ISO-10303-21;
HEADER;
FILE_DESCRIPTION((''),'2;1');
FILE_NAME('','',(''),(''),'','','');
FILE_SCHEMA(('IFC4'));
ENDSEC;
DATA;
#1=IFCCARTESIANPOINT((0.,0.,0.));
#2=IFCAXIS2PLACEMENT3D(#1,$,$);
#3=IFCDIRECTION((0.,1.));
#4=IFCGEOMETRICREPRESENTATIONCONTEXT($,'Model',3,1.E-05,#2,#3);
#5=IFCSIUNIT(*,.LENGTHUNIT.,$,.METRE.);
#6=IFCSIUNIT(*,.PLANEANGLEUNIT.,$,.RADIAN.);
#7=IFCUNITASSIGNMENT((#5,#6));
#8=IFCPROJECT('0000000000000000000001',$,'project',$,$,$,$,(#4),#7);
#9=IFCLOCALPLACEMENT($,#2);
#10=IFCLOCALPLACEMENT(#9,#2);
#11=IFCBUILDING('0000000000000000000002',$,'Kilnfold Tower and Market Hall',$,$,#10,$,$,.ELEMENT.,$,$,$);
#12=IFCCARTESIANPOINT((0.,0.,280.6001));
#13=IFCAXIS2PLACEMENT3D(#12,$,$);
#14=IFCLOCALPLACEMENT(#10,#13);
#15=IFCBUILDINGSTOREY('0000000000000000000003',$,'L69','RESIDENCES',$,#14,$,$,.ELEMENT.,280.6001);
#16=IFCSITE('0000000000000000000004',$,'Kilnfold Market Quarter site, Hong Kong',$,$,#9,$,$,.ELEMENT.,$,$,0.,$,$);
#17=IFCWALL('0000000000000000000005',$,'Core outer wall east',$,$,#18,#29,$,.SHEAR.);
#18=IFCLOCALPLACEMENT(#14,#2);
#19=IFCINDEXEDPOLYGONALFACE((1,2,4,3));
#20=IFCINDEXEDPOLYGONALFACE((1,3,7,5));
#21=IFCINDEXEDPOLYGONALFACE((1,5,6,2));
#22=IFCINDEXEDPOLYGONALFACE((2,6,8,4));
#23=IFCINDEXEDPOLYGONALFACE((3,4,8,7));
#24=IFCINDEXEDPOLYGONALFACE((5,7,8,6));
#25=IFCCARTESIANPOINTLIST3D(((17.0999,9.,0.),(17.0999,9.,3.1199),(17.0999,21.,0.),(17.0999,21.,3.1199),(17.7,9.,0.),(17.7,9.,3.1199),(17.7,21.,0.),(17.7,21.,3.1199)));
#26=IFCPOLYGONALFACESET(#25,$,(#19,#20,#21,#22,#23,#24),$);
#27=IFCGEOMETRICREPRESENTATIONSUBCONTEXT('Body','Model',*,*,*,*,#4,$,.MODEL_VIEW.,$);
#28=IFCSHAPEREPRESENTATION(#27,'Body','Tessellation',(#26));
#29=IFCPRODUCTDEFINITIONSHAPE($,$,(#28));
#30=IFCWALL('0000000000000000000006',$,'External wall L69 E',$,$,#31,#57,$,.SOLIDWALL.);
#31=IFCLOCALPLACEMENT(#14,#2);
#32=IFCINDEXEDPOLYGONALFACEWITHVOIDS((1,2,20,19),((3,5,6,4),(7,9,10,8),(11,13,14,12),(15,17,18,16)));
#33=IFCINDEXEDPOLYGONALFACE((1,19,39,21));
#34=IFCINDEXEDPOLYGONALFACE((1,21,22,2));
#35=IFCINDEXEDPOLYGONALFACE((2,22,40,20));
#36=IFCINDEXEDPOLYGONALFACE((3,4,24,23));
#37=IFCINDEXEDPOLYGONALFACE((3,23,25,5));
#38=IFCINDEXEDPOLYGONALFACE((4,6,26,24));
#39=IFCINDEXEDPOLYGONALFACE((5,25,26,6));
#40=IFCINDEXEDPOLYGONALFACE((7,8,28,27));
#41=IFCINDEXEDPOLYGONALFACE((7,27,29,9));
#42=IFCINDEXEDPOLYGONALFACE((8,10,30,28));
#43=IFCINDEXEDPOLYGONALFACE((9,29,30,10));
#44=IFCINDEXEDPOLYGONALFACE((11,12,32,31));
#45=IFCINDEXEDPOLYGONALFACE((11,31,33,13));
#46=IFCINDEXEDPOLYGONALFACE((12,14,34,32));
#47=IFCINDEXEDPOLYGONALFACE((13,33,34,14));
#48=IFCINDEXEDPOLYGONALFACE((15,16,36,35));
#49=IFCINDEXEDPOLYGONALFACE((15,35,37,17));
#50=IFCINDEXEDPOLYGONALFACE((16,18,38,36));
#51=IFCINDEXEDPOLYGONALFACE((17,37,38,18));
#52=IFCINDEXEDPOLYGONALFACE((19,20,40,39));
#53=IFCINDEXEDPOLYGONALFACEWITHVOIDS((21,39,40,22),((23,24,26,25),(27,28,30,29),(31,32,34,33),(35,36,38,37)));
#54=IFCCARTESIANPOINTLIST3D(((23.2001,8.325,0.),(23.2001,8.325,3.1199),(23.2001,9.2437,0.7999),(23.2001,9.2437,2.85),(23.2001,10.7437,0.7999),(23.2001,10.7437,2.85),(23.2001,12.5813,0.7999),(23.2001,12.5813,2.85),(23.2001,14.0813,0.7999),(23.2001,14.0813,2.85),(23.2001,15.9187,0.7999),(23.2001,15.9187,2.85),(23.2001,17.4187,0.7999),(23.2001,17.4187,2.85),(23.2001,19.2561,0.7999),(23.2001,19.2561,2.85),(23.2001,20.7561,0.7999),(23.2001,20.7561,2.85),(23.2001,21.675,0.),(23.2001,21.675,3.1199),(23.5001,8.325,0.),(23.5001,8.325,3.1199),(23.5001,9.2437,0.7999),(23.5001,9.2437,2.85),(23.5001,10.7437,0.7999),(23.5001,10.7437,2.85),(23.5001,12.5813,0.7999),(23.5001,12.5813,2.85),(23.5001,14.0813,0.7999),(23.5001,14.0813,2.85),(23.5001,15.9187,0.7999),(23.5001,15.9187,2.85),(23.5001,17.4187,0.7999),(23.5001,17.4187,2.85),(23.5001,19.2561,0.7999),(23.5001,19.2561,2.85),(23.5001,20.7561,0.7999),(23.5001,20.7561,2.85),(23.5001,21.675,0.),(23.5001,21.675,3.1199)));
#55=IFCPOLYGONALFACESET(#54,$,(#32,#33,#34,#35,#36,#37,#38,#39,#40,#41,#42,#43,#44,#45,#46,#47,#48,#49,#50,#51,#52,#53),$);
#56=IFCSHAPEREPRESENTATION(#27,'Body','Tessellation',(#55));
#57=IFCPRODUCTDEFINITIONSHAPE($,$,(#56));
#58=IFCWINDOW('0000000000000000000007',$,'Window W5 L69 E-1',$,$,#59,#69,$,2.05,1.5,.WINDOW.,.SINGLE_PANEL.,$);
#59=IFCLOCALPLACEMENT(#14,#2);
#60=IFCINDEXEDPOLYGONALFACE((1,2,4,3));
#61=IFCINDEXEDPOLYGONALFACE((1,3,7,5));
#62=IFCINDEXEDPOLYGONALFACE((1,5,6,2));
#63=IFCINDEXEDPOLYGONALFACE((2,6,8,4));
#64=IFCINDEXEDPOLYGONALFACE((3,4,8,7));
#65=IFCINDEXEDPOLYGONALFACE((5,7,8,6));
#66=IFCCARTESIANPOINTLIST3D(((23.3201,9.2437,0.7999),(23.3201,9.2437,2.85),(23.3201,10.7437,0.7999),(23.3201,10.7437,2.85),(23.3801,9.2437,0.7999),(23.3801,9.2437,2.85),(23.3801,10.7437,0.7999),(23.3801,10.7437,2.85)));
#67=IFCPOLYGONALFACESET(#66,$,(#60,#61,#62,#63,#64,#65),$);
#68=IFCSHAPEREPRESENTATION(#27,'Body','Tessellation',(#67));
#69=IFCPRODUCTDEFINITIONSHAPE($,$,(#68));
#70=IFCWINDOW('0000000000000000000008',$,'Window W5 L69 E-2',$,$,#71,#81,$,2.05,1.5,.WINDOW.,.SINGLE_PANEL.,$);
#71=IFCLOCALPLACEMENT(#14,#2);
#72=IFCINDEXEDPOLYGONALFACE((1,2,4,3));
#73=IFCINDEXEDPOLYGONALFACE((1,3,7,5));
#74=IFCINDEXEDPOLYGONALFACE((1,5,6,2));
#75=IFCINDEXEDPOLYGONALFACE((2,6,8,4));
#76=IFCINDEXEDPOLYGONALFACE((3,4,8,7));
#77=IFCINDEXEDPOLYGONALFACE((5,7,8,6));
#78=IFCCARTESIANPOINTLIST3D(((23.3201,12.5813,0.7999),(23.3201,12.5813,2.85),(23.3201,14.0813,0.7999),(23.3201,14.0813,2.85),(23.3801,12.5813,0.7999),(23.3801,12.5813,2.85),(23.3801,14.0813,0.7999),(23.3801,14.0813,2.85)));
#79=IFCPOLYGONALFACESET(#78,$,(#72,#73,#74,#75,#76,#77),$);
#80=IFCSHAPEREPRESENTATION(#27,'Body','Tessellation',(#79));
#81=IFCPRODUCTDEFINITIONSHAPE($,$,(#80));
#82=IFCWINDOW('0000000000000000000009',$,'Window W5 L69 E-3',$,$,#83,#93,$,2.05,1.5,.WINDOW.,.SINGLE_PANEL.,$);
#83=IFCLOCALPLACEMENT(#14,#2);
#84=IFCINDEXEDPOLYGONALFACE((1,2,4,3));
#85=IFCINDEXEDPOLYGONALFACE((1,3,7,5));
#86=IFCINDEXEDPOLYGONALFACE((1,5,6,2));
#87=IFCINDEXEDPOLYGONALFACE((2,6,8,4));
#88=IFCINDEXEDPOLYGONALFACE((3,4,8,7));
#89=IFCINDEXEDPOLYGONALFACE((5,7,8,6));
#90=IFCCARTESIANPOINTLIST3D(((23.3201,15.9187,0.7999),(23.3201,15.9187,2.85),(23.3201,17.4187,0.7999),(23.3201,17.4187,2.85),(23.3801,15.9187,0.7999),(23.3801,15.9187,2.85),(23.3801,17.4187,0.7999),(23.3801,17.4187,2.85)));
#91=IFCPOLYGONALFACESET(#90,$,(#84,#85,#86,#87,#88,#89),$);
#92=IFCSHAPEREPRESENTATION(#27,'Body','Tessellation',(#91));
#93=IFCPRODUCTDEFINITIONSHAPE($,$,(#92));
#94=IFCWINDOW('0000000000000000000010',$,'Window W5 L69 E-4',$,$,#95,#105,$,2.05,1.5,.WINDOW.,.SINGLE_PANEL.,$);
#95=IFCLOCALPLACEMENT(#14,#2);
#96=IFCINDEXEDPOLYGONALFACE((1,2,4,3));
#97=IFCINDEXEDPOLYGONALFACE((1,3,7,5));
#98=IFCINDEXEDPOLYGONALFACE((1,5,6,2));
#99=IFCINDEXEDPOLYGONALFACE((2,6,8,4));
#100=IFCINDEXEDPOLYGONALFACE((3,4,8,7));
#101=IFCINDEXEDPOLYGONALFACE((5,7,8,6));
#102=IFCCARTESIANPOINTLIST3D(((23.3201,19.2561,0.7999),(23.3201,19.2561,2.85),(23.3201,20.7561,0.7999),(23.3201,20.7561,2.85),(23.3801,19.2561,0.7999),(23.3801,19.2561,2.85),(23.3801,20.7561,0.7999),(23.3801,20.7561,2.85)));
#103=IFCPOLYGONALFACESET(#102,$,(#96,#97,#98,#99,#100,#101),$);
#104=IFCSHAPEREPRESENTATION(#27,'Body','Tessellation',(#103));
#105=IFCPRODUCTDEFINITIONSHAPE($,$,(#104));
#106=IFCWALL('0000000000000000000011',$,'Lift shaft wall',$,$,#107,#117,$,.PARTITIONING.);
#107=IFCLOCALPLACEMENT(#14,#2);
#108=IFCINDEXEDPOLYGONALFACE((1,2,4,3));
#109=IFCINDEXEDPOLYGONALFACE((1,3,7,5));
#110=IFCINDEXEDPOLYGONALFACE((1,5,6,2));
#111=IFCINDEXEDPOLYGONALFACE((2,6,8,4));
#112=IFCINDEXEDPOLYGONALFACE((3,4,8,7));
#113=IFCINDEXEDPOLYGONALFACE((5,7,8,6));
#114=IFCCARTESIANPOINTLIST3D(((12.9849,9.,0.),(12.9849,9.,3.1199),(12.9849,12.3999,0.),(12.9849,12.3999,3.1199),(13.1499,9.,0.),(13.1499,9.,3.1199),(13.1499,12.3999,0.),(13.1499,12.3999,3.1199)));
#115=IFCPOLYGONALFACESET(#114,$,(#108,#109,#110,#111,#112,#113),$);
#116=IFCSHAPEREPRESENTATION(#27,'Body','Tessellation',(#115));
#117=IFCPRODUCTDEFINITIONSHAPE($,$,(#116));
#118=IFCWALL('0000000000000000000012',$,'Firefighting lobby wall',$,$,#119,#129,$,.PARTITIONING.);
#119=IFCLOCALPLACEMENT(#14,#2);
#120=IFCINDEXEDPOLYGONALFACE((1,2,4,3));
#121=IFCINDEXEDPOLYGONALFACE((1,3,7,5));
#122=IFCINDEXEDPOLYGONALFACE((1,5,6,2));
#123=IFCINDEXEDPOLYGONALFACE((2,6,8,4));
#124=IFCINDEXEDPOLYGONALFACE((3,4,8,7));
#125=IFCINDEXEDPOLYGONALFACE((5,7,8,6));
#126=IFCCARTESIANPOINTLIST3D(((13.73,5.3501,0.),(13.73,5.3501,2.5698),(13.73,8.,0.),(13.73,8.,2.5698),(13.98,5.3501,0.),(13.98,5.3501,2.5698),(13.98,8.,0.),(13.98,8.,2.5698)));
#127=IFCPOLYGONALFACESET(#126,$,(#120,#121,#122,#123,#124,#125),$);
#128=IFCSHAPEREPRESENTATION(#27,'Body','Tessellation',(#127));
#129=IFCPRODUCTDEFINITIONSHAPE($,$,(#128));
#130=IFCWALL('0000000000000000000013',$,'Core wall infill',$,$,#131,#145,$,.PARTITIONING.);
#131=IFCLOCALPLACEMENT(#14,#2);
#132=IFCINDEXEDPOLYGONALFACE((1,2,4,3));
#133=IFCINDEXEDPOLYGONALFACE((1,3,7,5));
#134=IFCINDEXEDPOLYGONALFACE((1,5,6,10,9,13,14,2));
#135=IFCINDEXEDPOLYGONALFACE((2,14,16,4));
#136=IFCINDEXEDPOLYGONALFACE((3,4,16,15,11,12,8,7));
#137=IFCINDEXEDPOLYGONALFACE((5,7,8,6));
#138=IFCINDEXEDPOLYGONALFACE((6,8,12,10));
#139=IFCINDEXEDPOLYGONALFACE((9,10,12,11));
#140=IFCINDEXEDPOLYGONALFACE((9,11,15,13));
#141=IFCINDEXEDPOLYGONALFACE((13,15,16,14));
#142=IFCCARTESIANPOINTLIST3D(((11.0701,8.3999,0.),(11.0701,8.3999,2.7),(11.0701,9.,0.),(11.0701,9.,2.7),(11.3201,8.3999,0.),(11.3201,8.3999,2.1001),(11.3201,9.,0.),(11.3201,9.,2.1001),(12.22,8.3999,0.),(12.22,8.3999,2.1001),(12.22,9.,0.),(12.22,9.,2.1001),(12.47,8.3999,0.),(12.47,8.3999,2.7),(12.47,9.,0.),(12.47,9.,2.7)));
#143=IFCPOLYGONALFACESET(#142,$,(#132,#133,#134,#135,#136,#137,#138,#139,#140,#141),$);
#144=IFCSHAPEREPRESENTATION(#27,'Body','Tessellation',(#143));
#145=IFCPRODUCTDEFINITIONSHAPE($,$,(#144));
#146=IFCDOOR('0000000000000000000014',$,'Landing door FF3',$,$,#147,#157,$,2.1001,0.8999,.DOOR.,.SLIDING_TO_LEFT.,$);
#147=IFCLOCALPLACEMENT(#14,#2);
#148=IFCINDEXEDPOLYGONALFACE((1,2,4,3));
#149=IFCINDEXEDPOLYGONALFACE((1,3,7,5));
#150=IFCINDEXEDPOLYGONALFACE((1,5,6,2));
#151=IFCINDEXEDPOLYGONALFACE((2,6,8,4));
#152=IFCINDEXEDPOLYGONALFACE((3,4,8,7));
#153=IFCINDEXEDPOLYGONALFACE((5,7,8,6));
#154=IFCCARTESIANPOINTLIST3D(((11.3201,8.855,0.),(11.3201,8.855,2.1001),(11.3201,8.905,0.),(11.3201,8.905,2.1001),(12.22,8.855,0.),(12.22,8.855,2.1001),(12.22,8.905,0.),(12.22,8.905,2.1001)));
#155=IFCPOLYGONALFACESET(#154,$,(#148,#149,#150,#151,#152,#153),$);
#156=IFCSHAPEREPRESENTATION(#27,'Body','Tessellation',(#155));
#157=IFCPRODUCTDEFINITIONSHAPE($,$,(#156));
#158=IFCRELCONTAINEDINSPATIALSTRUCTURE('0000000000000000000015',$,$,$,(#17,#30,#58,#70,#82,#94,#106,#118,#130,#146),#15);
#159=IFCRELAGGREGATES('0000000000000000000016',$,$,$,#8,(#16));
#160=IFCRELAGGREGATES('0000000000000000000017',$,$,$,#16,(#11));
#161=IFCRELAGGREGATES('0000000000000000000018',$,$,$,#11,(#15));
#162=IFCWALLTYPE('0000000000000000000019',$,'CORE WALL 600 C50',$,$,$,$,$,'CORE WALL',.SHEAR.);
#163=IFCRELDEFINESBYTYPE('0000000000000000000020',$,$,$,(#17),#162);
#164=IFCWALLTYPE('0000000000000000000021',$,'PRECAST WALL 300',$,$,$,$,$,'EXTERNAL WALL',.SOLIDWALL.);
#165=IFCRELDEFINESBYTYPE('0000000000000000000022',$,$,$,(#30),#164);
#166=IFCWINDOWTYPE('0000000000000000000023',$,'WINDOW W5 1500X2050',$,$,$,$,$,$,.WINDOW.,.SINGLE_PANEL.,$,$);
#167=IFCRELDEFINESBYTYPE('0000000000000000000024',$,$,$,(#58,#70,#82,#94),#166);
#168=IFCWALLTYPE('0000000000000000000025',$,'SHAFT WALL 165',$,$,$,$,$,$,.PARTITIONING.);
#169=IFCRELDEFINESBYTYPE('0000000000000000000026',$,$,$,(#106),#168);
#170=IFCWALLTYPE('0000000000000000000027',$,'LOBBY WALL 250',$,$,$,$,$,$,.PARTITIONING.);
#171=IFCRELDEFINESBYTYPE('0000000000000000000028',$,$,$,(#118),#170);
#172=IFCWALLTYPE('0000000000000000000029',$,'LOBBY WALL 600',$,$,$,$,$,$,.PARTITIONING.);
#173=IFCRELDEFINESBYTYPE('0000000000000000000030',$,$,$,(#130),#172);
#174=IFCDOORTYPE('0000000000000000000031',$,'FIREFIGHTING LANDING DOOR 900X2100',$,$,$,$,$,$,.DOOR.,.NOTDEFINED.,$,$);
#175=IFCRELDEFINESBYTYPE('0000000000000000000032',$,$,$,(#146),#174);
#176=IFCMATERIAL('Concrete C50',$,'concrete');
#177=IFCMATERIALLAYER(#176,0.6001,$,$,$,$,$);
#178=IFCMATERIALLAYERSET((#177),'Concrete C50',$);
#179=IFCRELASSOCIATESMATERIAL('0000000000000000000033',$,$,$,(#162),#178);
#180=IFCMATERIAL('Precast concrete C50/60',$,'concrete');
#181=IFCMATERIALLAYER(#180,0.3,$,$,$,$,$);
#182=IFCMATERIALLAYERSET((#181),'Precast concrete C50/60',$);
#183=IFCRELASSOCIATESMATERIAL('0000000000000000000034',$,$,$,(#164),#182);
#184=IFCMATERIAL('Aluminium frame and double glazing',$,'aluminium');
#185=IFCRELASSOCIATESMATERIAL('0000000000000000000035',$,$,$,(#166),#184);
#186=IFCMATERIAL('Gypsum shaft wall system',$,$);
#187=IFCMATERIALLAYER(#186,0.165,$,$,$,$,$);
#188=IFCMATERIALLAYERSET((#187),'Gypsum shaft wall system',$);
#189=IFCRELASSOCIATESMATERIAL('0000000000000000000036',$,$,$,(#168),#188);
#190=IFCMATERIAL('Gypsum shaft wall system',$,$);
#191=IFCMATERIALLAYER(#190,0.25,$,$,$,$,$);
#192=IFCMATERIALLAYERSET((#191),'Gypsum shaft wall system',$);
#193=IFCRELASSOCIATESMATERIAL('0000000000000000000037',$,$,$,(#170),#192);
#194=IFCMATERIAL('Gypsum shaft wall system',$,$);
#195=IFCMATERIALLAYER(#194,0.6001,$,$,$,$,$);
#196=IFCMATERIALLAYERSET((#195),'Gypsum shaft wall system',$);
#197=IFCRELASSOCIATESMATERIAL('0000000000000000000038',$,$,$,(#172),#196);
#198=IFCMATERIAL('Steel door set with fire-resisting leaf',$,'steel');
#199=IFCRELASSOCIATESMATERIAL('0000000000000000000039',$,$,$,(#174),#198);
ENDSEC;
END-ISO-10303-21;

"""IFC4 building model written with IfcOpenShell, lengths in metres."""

from ifc_helpers import new_model, si_unit, direction, frame, frame_2d, origin, place, context, subcontext, project, spatial, rectangle, extrude, source, transform, mapped, material, layer, layer_set, type_object, element, fill, save


model = new_model("IFC4")

# Units and contexts
model_context = context("Model", 3, precision=1e-05, world=origin(), true_north=direction((0.0, 1.0)))
body_context = subcontext(model_context, "Body", "Model", "MODEL_VIEW")
ifc_project = project(units=[si_unit("LENGTHUNIT", "METRE"), si_unit("PLANEANGLEUNIT", "RADIAN")], contexts=[model_context])

# Site, building, storey
site_placement = place(None, origin())
site = spatial("IfcSite", under=ifc_project, at=site_placement, Name="Kilnfold Market Quarter site, Hong Kong", CompositionType="ELEMENT", RefElevation=0.0)
building_placement = place(site_placement, origin())
building = spatial("IfcBuilding", under=site, at=building_placement, Name="Kilnfold Tower and Market Hall", CompositionType="ELEMENT")
storey_placement = place(building_placement, frame((0.0, 0.0, 280.6001)))
storey = spatial("IfcBuildingStorey", under=building, at=storey_placement, Name="L69", Description="RESIDENCES", CompositionType="ELEMENT", Elevation=280.6001)

# Shared definitions
ifc_material_1 = material(Name="Concrete C50", Category="concrete")
ifc_layer_1 = layer(ifc_material_1, 0.6001)
ifc_layer_set_1 = layer_set([ifc_layer_1], Name="Concrete C50")
wall_type_1 = type_object("IfcWallType", Name="CORE WALL 600 C50", ElementType="CORE WALL", PredefinedType="SHEAR", material=ifc_layer_set_1)

# Wall
shared_shape_1 = source(origin(), body_context, "Body", "SweptSolid", [
    extrude(rectangle(XDim=12.0, YDim=0.6001, at=frame_2d((6.0, 0.0))), origin(), (0.0, 0.0, 1.0), 3.1199),
])
wall_1_placement = place(storey_placement, frame((17.3999, 9.0, 0.0), z_axis=(0.0, 0.0, 1.0), x_axis=(0.0, 1.0, 0.0)))
element("IfcWall", 1, at=wall_1_placement, inside=storey, type_object=wall_type_1, Name="Core outer wall east", PredefinedType="SHEAR", context=body_context, shape_type="MappedRepresentation", body=[
    mapped(shared_shape_1, transform((0.0, 0.0, 0.0))),
])

# Wall, openings, windows
ifc_material_2 = material(Name="Precast concrete C50/60", Category="concrete")
ifc_layer_2 = layer(ifc_material_2, 0.3)
ifc_layer_set_2 = layer_set([ifc_layer_2], Name="Precast concrete C50/60")
wall_type_2 = type_object("IfcWallType", Name="PRECAST WALL 300", ElementType="EXTERNAL WALL", PredefinedType="SOLIDWALL", material=ifc_layer_set_2)
shared_shape_2 = source(origin(), body_context, "Body", "SweptSolid", [
    extrude(rectangle(XDim=13.3501, YDim=0.3, at=frame_2d((6.675, 0.0))), origin(), (0.0, 0.0, 1.0), 3.1199),
])
wall_2_placement = place(storey_placement, frame((23.3501, 8.325, 0.0), z_axis=(0.0, 0.0, 1.0), x_axis=(0.0, 1.0, 0.0)))
wall_2 = element("IfcWall", 2, at=wall_2_placement, inside=storey, type_object=wall_type_2, Name="External wall L69 E", PredefinedType="SOLIDWALL", context=body_context, shape_type="MappedRepresentation", body=[
    mapped(shared_shape_2, transform((0.0, 0.0, 0.0))),
])
opening_1_placement = place(wall_2_placement, frame((0.9187, 0.0, 0.8)))
opening_1 = element("IfcOpeningElement", 3, at=opening_1_placement, cuts=wall_2, PredefinedType="OPENING", context=body_context, shape_type="SweptSolid", body=[
    extrude(rectangle(XDim=1.5, YDim=2.05, at=frame_2d((0.75, 1.0249))), frame((0.0, 0.1602, 0.0), z_axis=(0.0, -1.0, 0.0), x_axis=(1.0, 0.0, 0.0)), (0.0, 0.0, 1.0), 0.3201),
])
opening_2_placement = place(wall_2_placement, frame((4.2563, 0.0, 0.8)))
opening_2 = element("IfcOpeningElement", 4, at=opening_2_placement, cuts=wall_2, PredefinedType="OPENING", context=body_context, shape_type="SweptSolid", body=[
    extrude(rectangle(XDim=1.5, YDim=2.05, at=frame_2d((0.75, 1.0249))), frame((0.0, 0.1602, 0.0), z_axis=(0.0, -1.0, 0.0), x_axis=(1.0, 0.0, 0.0)), (0.0, 0.0, 1.0), 0.3201),
])
opening_3_placement = place(wall_2_placement, frame((7.5938, 0.0, 0.8)))
opening_3 = element("IfcOpeningElement", 5, at=opening_3_placement, cuts=wall_2, PredefinedType="OPENING", context=body_context, shape_type="SweptSolid", body=[
    extrude(rectangle(XDim=1.5, YDim=2.05, at=frame_2d((0.75, 1.0249))), frame((0.0, 0.1602, 0.0), z_axis=(0.0, -1.0, 0.0), x_axis=(1.0, 0.0, 0.0)), (0.0, 0.0, 1.0), 0.3201),
])
opening_4_placement = place(wall_2_placement, frame((10.9312, 0.0, 0.8)))
opening_4 = element("IfcOpeningElement", 6, at=opening_4_placement, cuts=wall_2, PredefinedType="OPENING", context=body_context, shape_type="SweptSolid", body=[
    extrude(rectangle(XDim=1.5, YDim=2.05, at=frame_2d((0.75, 1.0249))), frame((0.0, 0.1602, 0.0), z_axis=(0.0, -1.0, 0.0), x_axis=(1.0, 0.0, 0.0)), (0.0, 0.0, 1.0), 0.3201),
])
ifc_material_3 = material(Name="Aluminium frame and double glazing", Category="aluminium")
window_type = type_object("IfcWindowType", Name="WINDOW W5 1500X2050", PartitioningType="SINGLE_PANEL", PredefinedType="WINDOW", material=ifc_material_3)
window_1_placement = place(opening_1_placement, origin())
window_1 = element("IfcWindow", 7, at=window_1_placement, inside=storey, type_object=window_type, Name="Window W5 L69 E-1", OverallHeight=2.05, OverallWidth=1.5, PartitioningType="SINGLE_PANEL", PredefinedType="WINDOW", context=body_context, shape_type="SweptSolid", body=[
    extrude(rectangle(XDim=1.5, YDim=2.05, at=frame_2d((0.75, 1.0249))), frame((0.0, 0.03, 0.0), z_axis=(0.0, -1.0, 0.0), x_axis=(1.0, 0.0, 0.0)), (0.0, 0.0, 1.0), 0.0601),
])
fill(opening_1, window_1)
window_2_placement = place(opening_2_placement, origin())
window_2 = element("IfcWindow", 8, at=window_2_placement, inside=storey, type_object=window_type, Name="Window W5 L69 E-2", OverallHeight=2.05, OverallWidth=1.5, PartitioningType="SINGLE_PANEL", PredefinedType="WINDOW", context=body_context, shape_type="SweptSolid", body=[
    extrude(rectangle(XDim=1.5, YDim=2.05, at=frame_2d((0.75, 1.0249))), frame((0.0, 0.03, 0.0), z_axis=(0.0, -1.0, 0.0), x_axis=(1.0, 0.0, 0.0)), (0.0, 0.0, 1.0), 0.0601),
])
fill(opening_2, window_2)
window_3_placement = place(opening_3_placement, origin())
window_3 = element("IfcWindow", 9, at=window_3_placement, inside=storey, type_object=window_type, Name="Window W5 L69 E-3", OverallHeight=2.05, OverallWidth=1.5, PartitioningType="SINGLE_PANEL", PredefinedType="WINDOW", context=body_context, shape_type="SweptSolid", body=[
    extrude(rectangle(XDim=1.5, YDim=2.05, at=frame_2d((0.75, 1.0249))), frame((0.0, 0.03, 0.0), z_axis=(0.0, -1.0, 0.0), x_axis=(1.0, 0.0, 0.0)), (0.0, 0.0, 1.0), 0.0601),
])
fill(opening_3, window_3)
window_4_placement = place(opening_4_placement, origin())
window_4 = element("IfcWindow", 10, at=window_4_placement, inside=storey, type_object=window_type, Name="Window W5 L69 E-4", OverallHeight=2.05, OverallWidth=1.5, PartitioningType="SINGLE_PANEL", PredefinedType="WINDOW", context=body_context, shape_type="SweptSolid", body=[
    extrude(rectangle(XDim=1.5, YDim=2.05, at=frame_2d((0.75, 1.0249))), frame((0.0, 0.03, 0.0), z_axis=(0.0, -1.0, 0.0), x_axis=(1.0, 0.0, 0.0)), (0.0, 0.0, 1.0), 0.0601),
])
fill(opening_4, window_4)

# Walls
ifc_material_4 = material(Name="Gypsum shaft wall system")
ifc_layer_3 = layer(ifc_material_4, 0.165)
ifc_layer_set_3 = layer_set([ifc_layer_3], Name="Gypsum shaft wall system")
wall_type_3 = type_object("IfcWallType", Name="SHAFT WALL 165", PredefinedType="PARTITIONING", material=ifc_layer_set_3)
shared_shape_3 = source(origin(), body_context, "Body", "SweptSolid", [
    extrude(rectangle(XDim=3.3999, YDim=0.165, at=frame_2d((1.7, 0.0))), origin(), (0.0, 0.0, 1.0), 3.1199),
])
wall_3_placement = place(storey_placement, frame((13.0674, 9.0, 0.0), z_axis=(0.0, 0.0, 1.0), x_axis=(0.0, 1.0, 0.0)))
element("IfcWall", 11, at=wall_3_placement, inside=storey, type_object=wall_type_3, Name="Lift shaft wall", PredefinedType="PARTITIONING", context=body_context, shape_type="MappedRepresentation", body=[
    mapped(shared_shape_3, transform((0.0, 0.0, 0.0))),
])
ifc_material_5 = material(Name="Gypsum shaft wall system")
ifc_layer_4 = layer(ifc_material_5, 0.25)
ifc_layer_set_4 = layer_set([ifc_layer_4], Name="Gypsum shaft wall system")
wall_type_4 = type_object("IfcWallType", Name="LOBBY WALL 250", PredefinedType="PARTITIONING", material=ifc_layer_set_4)
shared_shape_4 = source(origin(), body_context, "Body", "SweptSolid", [
    extrude(rectangle(XDim=2.6499, YDim=0.25, at=frame_2d((1.325, 0.0))), origin(), (0.0, 0.0, 1.0), 2.5698),
])
wall_4_placement = place(storey_placement, frame((13.855, 5.3501, 0.0), z_axis=(0.0, 0.0, 1.0), x_axis=(0.0, 1.0, 0.0)))
element("IfcWall", 12, at=wall_4_placement, inside=storey, type_object=wall_type_4, Name="Firefighting lobby wall", PredefinedType="PARTITIONING", context=body_context, shape_type="MappedRepresentation", body=[
    mapped(shared_shape_4, transform((0.0, 0.0, 0.0))),
])

# Wall, opening, door
ifc_material_6 = material(Name="Gypsum shaft wall system")
ifc_layer_5 = layer(ifc_material_6, 0.6001)
ifc_layer_set_5 = layer_set([ifc_layer_5], Name="Gypsum shaft wall system")
wall_type_5 = type_object("IfcWallType", Name="LOBBY WALL 600", PredefinedType="PARTITIONING", material=ifc_layer_set_5)
shared_shape_5 = source(origin(), body_context, "Body", "SweptSolid", [
    extrude(rectangle(XDim=1.3999, YDim=0.6001, at=frame_2d((0.7, 0.0))), origin(), (0.0, 0.0, 1.0), 2.7),
])
wall_5_placement = place(storey_placement, frame((11.0701, 8.7, 0.0), z_axis=(0.0, 0.0, 1.0), x_axis=(1.0, 0.0, 0.0)))
wall_5 = element("IfcWall", 13, at=wall_5_placement, inside=storey, type_object=wall_type_5, Name="Core wall infill", PredefinedType="PARTITIONING", context=body_context, shape_type="MappedRepresentation", body=[
    mapped(shared_shape_5, transform((0.0, 0.0, 0.0))),
])
opening_5_placement = place(wall_5_placement, frame((0.25, 0.0, 0.0)))
opening_5 = element("IfcOpeningElement", 14, at=opening_5_placement, cuts=wall_5, PredefinedType="OPENING", context=body_context, shape_type="SweptSolid", body=[
    extrude(rectangle(XDim=0.8999, YDim=2.1001, at=frame_2d((0.45, 1.05))), frame((0.0, 0.3101, 0.0), z_axis=(0.0, -1.0, 0.0), x_axis=(1.0, 0.0, 0.0)), (0.0, 0.0, 1.0), 0.6201),
])
ifc_material_7 = material(Name="Steel door set with fire-resisting leaf", Category="steel")
door_type_1 = type_object("IfcDoorType", Name="FIREFIGHTING LANDING DOOR 900X2100", OperationType="NOTDEFINED", PredefinedType="DOOR", material=ifc_material_7)
door_1_placement = place(opening_5_placement, origin())
door_1 = element("IfcDoor", 15, at=door_1_placement, inside=storey, type_object=door_type_1, Name="Landing door FF3", OperationType="SLIDING_TO_LEFT", OverallHeight=2.1001, OverallWidth=0.8999, PredefinedType="DOOR", context=body_context, shape_type="SweptSolid", body=[
    extrude(rectangle(XDim=0.8999, YDim=2.1001, at=frame_2d((0.45, 1.05))), frame((0.0, 0.2051, 0.0), z_axis=(0.0, -1.0, 0.0), x_axis=(1.0, 0.0, 0.0)), (0.0, 0.0, 1.0), 0.05),
])
fill(opening_5, door_1)

save(model, "model.ifc")
